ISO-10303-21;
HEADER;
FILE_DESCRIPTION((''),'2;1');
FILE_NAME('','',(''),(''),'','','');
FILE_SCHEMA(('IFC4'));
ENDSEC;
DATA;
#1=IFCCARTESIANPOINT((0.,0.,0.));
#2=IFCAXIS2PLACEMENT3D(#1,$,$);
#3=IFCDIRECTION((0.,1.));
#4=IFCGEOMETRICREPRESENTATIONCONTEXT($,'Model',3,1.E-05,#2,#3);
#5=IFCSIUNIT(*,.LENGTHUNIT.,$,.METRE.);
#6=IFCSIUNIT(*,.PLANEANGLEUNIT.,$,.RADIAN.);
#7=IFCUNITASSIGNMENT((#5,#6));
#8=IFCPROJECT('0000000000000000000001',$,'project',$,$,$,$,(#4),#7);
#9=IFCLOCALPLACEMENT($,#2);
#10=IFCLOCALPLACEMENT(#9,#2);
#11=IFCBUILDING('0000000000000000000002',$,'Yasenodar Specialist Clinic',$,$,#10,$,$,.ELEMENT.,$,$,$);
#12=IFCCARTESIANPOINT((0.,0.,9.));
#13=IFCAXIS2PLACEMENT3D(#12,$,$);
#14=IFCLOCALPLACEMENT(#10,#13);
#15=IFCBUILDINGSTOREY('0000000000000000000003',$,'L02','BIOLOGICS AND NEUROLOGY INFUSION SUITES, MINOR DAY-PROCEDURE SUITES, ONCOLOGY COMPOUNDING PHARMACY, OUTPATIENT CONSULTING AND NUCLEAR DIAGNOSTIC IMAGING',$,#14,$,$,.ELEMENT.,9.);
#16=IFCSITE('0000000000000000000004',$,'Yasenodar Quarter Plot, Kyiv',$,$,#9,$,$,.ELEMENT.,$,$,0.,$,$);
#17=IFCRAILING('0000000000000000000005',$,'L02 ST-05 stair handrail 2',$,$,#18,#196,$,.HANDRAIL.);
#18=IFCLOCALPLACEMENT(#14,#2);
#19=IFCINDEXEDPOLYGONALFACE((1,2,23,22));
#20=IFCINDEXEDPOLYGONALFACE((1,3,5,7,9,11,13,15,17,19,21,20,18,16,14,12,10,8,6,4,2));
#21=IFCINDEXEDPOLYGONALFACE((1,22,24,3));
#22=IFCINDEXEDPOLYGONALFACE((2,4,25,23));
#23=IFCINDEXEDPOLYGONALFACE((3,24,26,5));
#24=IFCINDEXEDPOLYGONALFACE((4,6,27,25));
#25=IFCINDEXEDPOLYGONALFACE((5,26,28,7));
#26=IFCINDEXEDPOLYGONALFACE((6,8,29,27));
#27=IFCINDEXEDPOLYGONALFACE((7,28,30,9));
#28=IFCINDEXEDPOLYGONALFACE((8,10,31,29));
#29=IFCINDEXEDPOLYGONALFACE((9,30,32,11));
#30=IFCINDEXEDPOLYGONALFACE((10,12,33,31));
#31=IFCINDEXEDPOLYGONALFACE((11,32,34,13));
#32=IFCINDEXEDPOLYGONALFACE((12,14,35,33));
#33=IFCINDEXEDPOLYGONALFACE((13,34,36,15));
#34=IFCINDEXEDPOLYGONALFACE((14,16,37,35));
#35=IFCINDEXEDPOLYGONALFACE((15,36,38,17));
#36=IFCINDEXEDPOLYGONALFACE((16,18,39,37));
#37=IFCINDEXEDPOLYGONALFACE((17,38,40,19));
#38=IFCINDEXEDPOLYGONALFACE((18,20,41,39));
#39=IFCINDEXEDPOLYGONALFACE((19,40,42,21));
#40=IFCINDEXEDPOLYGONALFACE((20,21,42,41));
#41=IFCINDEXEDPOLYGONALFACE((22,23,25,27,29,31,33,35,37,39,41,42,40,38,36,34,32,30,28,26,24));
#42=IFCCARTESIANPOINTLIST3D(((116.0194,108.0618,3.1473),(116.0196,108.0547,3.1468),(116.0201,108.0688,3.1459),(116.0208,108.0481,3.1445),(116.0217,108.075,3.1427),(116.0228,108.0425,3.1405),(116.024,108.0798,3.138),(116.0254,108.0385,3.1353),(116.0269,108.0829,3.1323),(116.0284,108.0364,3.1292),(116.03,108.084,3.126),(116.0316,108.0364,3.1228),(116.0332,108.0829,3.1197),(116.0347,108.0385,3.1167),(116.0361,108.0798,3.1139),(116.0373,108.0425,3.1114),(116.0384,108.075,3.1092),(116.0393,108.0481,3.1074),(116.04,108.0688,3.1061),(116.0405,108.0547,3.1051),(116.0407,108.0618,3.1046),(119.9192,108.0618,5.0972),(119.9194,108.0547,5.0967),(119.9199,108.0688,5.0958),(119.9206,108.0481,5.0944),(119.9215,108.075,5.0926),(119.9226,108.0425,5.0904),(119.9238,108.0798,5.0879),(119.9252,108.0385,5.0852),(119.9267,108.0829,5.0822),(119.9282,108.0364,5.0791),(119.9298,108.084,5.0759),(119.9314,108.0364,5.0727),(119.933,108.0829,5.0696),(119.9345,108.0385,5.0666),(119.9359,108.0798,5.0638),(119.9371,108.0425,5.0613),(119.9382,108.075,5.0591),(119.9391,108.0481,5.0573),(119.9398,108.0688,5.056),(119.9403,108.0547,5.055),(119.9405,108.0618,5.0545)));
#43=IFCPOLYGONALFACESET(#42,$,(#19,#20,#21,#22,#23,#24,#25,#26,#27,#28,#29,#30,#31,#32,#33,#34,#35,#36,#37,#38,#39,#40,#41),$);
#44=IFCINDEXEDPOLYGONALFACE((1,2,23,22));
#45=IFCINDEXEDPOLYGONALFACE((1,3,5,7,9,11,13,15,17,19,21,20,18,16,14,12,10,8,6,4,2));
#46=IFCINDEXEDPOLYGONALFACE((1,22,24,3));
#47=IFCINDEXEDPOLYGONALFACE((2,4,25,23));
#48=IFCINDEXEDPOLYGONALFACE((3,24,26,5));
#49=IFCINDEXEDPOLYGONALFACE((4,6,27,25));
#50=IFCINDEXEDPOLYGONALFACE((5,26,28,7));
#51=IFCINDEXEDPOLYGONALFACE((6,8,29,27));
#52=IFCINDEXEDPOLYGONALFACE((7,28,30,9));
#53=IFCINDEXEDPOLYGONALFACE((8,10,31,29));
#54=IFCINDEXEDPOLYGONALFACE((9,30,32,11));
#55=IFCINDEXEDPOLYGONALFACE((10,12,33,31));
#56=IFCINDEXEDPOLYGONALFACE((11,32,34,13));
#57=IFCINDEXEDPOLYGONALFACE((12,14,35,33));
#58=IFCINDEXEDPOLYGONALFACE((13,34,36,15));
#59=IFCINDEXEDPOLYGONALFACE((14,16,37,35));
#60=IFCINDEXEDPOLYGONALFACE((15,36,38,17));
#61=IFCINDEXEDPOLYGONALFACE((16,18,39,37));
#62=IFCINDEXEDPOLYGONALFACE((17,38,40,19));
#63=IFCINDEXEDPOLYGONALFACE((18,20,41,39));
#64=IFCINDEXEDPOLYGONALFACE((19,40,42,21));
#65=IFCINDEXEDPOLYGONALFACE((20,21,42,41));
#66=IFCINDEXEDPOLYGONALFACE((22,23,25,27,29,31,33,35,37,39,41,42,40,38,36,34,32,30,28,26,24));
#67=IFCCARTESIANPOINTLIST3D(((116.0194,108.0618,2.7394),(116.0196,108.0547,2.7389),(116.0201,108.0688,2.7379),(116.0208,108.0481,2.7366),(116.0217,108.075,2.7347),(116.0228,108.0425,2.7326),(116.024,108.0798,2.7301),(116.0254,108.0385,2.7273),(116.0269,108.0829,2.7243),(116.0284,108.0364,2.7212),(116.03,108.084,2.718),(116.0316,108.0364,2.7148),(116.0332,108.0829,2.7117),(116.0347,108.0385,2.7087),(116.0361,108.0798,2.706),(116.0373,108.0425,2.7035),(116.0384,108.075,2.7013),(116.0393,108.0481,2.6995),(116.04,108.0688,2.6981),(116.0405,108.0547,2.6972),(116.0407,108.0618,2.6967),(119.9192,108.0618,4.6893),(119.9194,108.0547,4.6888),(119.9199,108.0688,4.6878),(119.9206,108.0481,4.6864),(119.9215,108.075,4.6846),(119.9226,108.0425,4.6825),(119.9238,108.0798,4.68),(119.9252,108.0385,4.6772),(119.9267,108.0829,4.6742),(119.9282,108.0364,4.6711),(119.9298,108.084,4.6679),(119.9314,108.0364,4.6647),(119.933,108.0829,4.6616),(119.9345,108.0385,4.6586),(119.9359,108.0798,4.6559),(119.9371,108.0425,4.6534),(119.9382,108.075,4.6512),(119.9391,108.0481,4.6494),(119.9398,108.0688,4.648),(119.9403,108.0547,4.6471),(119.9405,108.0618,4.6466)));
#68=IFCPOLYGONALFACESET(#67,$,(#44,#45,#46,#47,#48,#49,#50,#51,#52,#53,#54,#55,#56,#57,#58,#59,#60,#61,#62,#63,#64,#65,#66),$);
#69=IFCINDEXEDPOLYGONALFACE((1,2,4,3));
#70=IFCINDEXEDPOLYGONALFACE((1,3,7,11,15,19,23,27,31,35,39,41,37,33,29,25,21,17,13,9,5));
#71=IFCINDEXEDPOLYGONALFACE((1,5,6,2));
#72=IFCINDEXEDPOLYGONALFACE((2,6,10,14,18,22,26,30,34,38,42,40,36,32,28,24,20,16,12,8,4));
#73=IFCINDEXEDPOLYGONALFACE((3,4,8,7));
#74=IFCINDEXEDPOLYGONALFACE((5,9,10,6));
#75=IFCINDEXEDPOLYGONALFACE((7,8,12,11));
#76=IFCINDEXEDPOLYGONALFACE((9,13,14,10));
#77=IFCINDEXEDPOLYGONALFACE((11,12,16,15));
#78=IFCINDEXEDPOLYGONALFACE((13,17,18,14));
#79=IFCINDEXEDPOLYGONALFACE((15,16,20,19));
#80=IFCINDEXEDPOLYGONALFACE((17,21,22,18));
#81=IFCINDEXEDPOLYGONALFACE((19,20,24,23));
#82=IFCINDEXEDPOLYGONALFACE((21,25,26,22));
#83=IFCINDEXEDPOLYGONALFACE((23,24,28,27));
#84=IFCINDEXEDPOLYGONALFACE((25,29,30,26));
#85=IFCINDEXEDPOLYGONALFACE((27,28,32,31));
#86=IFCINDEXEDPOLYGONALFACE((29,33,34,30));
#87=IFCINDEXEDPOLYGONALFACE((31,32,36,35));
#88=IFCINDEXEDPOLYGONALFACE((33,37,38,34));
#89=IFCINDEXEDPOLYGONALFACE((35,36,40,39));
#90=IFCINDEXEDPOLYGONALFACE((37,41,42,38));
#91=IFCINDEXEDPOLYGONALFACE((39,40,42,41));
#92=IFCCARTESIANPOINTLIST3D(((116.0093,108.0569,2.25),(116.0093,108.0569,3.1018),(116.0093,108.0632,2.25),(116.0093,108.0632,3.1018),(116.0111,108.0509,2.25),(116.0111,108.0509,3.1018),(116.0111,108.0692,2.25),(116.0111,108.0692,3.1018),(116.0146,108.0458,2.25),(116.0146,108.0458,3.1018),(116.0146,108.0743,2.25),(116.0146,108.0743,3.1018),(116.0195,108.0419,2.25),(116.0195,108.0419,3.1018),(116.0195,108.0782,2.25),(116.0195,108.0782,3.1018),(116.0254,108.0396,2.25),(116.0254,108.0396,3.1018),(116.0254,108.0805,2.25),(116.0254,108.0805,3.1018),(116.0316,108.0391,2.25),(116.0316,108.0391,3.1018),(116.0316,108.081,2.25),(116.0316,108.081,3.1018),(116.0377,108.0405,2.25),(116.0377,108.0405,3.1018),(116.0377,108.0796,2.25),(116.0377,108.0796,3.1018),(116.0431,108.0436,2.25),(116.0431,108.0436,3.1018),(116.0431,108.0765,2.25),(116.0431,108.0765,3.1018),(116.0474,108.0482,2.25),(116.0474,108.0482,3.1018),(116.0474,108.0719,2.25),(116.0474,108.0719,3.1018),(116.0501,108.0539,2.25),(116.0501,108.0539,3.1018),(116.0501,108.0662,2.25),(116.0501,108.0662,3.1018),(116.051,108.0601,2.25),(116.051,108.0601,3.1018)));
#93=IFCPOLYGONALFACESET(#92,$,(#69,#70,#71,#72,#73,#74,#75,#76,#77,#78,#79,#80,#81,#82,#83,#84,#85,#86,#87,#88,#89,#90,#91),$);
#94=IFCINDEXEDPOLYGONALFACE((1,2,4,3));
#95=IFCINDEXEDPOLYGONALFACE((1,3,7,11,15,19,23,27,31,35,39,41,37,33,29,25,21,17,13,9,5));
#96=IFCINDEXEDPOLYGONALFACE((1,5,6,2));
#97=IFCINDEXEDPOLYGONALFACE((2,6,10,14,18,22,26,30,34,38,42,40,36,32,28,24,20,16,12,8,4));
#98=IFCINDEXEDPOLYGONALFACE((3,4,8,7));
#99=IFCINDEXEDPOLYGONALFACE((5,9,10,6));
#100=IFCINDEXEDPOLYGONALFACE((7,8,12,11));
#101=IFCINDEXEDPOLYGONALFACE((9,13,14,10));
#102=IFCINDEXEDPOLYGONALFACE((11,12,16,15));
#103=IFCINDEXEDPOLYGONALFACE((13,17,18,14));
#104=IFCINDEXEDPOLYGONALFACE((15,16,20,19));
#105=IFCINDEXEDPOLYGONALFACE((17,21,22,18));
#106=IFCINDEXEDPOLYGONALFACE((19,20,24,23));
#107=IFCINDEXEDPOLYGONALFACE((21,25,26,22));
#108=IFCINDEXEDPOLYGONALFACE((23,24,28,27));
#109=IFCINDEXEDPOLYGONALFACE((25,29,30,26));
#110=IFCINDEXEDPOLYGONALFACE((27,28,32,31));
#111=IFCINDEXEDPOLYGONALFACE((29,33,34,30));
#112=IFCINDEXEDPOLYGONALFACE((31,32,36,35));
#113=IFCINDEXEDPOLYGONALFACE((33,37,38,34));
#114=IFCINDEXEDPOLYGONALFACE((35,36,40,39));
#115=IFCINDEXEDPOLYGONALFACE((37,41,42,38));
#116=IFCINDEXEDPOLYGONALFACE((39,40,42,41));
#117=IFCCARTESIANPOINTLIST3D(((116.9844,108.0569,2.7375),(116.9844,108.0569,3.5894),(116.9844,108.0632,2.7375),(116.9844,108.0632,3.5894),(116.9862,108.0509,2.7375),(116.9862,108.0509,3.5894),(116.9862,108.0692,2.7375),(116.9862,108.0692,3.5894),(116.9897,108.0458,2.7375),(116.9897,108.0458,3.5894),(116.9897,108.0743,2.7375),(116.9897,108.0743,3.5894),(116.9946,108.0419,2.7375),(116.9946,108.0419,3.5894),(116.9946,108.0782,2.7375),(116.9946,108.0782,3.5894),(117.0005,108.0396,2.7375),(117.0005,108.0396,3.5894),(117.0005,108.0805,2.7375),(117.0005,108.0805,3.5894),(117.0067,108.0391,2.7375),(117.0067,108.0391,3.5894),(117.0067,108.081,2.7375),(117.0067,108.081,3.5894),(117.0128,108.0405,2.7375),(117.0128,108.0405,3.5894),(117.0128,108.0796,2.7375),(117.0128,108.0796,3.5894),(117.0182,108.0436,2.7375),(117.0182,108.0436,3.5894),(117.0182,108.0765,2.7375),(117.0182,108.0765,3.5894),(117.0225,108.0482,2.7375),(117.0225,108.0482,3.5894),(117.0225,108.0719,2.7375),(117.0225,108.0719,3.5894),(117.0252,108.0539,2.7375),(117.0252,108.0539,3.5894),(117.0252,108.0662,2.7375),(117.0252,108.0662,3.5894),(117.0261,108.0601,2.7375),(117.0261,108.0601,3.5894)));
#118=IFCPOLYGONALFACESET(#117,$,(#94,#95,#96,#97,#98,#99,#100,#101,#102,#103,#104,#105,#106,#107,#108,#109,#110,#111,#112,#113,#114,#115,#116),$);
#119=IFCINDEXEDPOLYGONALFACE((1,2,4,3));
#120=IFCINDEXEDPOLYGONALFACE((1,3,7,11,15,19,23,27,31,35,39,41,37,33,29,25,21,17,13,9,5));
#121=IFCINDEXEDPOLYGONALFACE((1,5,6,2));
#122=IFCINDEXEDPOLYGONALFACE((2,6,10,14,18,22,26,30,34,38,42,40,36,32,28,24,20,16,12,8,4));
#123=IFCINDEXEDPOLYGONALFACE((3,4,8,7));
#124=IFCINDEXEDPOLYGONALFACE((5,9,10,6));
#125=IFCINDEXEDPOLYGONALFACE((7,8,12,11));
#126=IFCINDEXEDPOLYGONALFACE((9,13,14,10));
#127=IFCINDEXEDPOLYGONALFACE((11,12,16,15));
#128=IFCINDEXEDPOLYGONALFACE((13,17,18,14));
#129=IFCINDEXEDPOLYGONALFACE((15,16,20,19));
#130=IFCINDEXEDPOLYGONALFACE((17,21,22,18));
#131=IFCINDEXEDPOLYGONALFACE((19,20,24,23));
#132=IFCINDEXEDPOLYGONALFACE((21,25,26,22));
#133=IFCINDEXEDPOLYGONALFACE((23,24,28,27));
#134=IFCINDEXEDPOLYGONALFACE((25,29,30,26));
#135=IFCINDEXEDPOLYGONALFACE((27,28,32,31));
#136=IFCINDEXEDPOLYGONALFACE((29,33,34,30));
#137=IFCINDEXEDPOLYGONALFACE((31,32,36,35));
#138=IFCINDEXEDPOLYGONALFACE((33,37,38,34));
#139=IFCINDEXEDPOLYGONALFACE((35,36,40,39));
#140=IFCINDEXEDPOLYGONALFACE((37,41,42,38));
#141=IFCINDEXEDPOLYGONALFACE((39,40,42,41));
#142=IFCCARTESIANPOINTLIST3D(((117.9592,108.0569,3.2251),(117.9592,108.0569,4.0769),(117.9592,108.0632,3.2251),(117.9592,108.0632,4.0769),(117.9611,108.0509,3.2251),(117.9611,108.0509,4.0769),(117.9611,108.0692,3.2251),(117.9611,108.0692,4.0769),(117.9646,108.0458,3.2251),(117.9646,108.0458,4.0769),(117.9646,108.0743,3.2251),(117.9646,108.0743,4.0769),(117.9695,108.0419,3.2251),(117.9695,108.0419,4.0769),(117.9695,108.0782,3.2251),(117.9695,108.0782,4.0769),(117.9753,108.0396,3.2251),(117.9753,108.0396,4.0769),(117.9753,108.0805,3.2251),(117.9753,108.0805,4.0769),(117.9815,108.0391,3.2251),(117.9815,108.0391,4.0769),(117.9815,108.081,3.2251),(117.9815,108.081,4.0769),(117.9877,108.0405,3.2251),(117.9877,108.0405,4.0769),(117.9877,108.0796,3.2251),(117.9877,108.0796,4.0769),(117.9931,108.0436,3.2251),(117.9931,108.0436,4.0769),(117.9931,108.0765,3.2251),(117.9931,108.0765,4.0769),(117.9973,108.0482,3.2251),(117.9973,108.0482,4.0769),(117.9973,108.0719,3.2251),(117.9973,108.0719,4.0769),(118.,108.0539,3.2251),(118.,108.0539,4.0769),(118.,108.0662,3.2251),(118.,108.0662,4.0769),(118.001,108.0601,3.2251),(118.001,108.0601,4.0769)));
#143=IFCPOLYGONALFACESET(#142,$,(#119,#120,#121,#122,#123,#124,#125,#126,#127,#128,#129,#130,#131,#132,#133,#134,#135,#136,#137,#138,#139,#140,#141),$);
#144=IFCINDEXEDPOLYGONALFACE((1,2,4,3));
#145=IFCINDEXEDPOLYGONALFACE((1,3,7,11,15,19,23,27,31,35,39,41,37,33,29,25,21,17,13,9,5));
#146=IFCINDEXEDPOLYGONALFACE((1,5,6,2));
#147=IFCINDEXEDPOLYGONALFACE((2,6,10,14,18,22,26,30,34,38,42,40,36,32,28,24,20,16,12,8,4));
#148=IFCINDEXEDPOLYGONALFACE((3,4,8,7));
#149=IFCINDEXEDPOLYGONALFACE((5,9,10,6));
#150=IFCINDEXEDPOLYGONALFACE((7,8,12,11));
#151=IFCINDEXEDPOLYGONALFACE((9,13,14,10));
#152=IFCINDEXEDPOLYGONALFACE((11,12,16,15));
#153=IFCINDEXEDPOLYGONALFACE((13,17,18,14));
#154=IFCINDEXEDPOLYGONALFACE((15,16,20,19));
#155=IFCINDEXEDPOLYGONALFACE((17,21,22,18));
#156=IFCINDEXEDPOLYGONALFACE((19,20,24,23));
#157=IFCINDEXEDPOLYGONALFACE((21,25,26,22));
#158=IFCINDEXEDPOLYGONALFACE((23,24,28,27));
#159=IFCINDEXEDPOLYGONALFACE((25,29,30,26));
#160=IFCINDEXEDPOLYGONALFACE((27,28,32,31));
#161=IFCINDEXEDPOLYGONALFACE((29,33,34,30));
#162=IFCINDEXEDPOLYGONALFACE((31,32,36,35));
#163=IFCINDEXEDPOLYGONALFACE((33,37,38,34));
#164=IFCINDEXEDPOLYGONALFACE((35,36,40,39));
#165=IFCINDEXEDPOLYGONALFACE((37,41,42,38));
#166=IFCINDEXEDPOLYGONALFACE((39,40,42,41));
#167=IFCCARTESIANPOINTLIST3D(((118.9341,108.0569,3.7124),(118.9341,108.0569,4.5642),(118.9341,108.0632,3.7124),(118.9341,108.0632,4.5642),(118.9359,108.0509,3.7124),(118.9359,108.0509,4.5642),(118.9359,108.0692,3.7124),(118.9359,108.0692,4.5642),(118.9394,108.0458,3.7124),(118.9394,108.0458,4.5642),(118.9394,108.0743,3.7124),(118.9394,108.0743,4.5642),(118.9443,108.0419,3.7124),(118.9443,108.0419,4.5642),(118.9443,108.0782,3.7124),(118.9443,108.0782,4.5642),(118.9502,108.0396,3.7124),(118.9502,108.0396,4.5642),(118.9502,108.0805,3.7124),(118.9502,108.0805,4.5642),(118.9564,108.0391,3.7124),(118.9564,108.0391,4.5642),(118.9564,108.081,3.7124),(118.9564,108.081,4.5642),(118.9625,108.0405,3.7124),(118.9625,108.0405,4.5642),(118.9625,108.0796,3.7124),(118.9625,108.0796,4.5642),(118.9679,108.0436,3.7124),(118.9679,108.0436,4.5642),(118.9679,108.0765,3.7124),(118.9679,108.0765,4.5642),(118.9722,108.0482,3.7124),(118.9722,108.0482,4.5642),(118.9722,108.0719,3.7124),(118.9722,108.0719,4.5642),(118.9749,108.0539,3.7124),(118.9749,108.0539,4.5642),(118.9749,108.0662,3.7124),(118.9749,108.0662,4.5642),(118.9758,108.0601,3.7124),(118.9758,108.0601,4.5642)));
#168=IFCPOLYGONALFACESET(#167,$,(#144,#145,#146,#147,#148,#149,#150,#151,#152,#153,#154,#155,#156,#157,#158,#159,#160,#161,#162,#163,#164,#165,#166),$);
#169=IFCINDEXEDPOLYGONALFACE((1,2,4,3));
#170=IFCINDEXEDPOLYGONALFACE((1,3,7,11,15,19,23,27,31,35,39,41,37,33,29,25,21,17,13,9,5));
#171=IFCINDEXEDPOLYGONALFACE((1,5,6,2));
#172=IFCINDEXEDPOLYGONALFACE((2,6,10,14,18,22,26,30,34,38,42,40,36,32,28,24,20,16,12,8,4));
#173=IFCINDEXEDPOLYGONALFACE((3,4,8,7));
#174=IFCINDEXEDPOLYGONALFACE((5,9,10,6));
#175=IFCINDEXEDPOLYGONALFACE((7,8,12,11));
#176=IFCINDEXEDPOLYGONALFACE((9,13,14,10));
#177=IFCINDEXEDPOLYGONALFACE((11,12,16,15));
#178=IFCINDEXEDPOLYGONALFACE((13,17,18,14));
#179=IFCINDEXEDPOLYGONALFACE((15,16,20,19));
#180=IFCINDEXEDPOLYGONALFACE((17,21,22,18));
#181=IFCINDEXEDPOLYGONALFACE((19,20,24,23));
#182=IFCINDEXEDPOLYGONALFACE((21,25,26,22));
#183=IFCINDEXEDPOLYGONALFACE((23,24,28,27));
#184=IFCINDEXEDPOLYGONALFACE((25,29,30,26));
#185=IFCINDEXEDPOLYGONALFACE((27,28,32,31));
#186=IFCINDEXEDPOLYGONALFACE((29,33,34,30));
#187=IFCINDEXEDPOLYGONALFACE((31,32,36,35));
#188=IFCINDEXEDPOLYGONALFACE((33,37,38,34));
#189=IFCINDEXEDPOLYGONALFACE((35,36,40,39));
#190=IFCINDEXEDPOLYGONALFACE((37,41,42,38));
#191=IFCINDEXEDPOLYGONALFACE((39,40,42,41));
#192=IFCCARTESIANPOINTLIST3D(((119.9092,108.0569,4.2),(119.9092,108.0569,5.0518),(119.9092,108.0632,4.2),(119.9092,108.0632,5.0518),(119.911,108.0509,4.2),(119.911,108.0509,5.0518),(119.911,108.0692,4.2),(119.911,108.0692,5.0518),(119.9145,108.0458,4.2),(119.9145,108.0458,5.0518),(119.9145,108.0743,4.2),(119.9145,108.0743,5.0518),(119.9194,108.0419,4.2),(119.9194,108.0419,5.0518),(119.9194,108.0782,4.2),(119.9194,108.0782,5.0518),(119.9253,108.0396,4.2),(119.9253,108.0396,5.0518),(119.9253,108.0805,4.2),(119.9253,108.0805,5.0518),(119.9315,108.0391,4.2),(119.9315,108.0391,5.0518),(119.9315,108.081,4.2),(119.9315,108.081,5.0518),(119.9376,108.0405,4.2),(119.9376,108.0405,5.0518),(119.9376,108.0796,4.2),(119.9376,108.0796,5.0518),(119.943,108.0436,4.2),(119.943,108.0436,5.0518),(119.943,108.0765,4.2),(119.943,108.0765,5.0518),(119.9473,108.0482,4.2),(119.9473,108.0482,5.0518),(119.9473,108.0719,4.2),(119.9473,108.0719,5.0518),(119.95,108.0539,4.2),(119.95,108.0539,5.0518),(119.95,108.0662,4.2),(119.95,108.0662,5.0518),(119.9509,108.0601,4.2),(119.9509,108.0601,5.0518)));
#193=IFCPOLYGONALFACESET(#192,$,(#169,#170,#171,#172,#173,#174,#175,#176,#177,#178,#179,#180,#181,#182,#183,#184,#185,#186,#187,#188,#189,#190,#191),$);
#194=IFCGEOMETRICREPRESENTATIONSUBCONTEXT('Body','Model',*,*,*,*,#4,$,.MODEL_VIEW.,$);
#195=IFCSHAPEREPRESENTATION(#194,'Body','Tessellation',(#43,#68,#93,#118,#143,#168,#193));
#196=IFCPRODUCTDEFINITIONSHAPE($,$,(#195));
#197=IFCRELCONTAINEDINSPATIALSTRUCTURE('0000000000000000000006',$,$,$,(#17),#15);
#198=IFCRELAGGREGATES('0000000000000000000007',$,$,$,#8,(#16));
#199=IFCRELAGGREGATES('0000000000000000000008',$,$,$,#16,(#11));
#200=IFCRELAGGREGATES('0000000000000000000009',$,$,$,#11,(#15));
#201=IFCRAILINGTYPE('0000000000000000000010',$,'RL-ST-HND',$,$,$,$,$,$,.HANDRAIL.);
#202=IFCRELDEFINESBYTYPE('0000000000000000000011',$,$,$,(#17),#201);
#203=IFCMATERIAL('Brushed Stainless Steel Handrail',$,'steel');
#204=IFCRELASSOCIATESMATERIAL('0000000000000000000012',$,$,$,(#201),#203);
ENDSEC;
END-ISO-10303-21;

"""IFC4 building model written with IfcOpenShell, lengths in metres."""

from ifc_helpers import new_model, si_unit, direction, frame, origin, origin_2d, place, context, subcontext, project, spatial, circle, extrude, material, type_object, element, save


model = new_model("IFC4")

# Units and contexts
model_context = context("Model", 3, precision=1e-05, world=origin(), true_north=direction((0.0, 1.0)))
body_context = subcontext(model_context, "Body", "Model", "MODEL_VIEW")
ifc_project = project(units=[si_unit("LENGTHUNIT", "METRE"), si_unit("PLANEANGLEUNIT", "RADIAN")], contexts=[model_context])

# Site, building, storey
site_placement = place(None, origin())
site = spatial("IfcSite", under=ifc_project, at=site_placement, Name="Yasenodar Quarter Plot, Kyiv", CompositionType="ELEMENT", RefElevation=0.0)
building_placement = place(site_placement, origin())
building = spatial("IfcBuilding", under=site, at=building_placement, Name="Yasenodar Specialist Clinic", CompositionType="ELEMENT")
storey_placement = place(building_placement, frame((0.0, 0.0, 9.0)))
storey = spatial("IfcBuildingStorey", under=building, at=storey_placement, Name="L02", Description="BIOLOGICS AND NEUROLOGY INFUSION SUITES, MINOR DAY-PROCEDURE SUITES, ONCOLOGY COMPOUNDING PHARMACY, OUTPATIENT CONSULTING AND NUCLEAR DIAGNOSTIC IMAGING", CompositionType="ELEMENT", Elevation=9.0)

# Railing
ifc_material_1 = material(Name="Brushed Stainless Steel Handrail", Category="steel")
railing_type_1 = type_object("IfcRailingType", Name="RL-ST-HND", PredefinedType="HANDRAIL", material=ifc_material_1)
railing_1_placement = place(storey_placement, frame((116.03, 108.0601, 2.25)))
element("IfcRailing", 1, at=railing_1_placement, inside=storey, type_object=railing_type_1, Name="L02 ST-05 stair handrail 2", PredefinedType="HANDRAIL", context=body_context, shape_type="SweptSolid", body=[
    extrude(circle(Radius=0.0239, at=origin_2d()), frame((0.0, 0.0, 0.876), z_axis=(0.894427, 0.0, 0.447214), x_axis=(0.0, 1.0, 0.0)), (0.0, 0.0, 1.0), 4.3601),
    extrude(circle(Radius=0.0239, at=origin_2d()), frame((0.0, 0.0, 0.468), z_axis=(0.894427, 0.0, 0.447214), x_axis=(0.0, 1.0, 0.0)), (0.0, 0.0, 1.0), 4.3601),
    extrude(circle(Radius=0.021, at=origin_2d()), origin(), (0.0, 0.0, 1.0), 0.8518),
    extrude(circle(Radius=0.021, at=origin_2d()), frame((0.9751, 0.0, 0.4875)), (0.0, 0.0, 1.0), 0.8518),
    extrude(circle(Radius=0.021, at=origin_2d()), frame((1.95, 0.0, 0.9751)), (0.0, 0.0, 1.0), 0.8518),
    extrude(circle(Radius=0.021, at=origin_2d()), frame((2.9248, 0.0, 1.4624)), (0.0, 0.0, 1.0), 0.8518),
    extrude(circle(Radius=0.021, at=origin_2d()), frame((3.8999, 0.0, 1.95)), (0.0, 0.0, 1.0), 0.8518),
])

save(model, "model.ifc")
